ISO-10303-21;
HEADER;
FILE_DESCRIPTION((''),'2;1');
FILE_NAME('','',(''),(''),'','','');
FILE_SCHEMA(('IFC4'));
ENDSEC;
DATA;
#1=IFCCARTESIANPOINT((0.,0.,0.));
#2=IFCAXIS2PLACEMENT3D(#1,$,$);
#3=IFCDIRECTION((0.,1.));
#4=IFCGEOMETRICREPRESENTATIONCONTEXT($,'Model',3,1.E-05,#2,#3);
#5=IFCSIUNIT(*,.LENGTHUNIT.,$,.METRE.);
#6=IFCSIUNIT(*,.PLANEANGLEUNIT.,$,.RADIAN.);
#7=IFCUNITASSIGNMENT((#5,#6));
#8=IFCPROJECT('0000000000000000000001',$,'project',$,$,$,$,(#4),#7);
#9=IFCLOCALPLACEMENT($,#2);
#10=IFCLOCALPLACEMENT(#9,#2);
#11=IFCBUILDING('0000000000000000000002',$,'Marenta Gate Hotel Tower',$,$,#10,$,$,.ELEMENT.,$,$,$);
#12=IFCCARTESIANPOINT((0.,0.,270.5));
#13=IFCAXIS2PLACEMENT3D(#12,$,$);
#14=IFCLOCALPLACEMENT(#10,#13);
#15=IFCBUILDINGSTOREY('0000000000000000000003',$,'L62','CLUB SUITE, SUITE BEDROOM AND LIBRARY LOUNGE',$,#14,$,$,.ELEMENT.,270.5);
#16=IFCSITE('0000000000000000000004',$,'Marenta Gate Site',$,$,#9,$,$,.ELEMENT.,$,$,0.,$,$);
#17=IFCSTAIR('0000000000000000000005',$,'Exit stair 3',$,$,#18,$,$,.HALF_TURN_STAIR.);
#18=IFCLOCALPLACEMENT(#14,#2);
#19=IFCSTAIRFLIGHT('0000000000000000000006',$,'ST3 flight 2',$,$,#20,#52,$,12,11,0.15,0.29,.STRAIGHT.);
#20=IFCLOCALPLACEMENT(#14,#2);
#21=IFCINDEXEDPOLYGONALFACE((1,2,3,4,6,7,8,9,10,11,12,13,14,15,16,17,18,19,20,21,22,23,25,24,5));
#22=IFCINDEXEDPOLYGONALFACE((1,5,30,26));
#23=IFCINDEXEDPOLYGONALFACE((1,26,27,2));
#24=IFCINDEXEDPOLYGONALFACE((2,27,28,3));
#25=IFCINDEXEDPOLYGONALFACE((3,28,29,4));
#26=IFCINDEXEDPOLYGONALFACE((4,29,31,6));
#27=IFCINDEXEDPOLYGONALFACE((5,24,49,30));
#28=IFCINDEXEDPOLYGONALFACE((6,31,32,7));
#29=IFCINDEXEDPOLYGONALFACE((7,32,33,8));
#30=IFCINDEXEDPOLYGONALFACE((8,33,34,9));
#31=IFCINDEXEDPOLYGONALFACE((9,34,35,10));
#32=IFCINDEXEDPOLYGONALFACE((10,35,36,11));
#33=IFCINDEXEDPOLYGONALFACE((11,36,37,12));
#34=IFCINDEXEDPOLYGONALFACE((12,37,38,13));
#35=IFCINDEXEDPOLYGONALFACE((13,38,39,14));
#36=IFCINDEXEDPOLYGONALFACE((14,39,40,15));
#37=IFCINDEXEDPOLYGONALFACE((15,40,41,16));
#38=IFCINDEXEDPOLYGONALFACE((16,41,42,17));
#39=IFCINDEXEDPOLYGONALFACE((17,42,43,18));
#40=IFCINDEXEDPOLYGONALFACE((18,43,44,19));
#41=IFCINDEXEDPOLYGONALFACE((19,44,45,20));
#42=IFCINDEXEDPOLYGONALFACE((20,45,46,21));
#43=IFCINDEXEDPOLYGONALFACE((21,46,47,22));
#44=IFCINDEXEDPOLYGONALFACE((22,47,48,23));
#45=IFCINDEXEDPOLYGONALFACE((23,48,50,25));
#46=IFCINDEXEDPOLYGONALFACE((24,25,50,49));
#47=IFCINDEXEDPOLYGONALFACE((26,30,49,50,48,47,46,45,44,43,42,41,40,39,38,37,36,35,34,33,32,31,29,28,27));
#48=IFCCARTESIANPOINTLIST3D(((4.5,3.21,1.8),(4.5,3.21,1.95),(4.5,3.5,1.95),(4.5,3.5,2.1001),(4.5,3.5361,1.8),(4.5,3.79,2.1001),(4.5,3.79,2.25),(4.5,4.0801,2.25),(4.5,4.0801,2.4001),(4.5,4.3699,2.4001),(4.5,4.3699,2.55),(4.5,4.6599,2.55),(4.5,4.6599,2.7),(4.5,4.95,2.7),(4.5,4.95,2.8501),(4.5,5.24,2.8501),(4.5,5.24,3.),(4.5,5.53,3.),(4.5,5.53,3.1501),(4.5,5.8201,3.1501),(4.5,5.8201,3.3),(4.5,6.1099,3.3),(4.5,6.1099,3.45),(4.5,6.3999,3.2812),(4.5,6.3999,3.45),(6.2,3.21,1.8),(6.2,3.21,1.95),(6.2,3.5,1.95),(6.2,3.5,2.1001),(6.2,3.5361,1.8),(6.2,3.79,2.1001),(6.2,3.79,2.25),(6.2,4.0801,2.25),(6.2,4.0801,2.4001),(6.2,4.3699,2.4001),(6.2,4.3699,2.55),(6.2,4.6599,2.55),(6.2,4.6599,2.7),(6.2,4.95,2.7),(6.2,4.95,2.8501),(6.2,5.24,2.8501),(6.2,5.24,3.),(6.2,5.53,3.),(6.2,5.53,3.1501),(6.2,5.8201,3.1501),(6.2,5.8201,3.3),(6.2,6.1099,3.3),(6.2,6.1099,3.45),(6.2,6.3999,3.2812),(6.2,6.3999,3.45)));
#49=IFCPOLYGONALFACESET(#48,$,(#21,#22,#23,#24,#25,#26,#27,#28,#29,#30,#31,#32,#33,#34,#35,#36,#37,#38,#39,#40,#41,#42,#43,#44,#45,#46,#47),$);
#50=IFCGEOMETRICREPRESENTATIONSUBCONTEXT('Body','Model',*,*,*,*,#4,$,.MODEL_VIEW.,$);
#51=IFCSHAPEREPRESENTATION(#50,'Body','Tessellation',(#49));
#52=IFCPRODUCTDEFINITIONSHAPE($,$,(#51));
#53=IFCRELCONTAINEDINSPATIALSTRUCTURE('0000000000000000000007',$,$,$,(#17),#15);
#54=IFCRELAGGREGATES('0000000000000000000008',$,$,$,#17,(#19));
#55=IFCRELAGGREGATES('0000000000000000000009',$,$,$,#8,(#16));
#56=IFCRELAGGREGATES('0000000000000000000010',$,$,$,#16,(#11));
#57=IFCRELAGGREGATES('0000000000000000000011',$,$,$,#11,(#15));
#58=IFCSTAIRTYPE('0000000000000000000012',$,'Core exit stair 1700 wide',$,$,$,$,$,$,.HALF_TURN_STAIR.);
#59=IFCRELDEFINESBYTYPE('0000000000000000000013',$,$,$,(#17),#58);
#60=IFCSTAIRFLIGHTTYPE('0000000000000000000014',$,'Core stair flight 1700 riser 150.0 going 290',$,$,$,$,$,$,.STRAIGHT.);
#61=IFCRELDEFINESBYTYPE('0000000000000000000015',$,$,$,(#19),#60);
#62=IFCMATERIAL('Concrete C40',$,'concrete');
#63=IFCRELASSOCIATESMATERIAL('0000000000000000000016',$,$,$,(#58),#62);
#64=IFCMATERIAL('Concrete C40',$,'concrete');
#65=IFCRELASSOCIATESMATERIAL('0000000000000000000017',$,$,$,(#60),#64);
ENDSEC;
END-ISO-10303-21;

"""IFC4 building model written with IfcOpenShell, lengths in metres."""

from ifc_helpers import new_model, si_unit, direction, frame, origin, place, context, subcontext, project, spatial, polyline, outline, extrude, material, type_object, element, aggregate, save


model = new_model("IFC4")

# Units and contexts
model_context = context("Model", 3, precision=1e-05, world=origin(), true_north=direction((0.0, 1.0)))
body_context = subcontext(model_context, "Body", "Model", "MODEL_VIEW")
ifc_project = project(units=[si_unit("LENGTHUNIT", "METRE"), si_unit("PLANEANGLEUNIT", "RADIAN")], contexts=[model_context])

# Site, building, storey
site_placement = place(None, origin())
site = spatial("IfcSite", under=ifc_project, at=site_placement, Name="Marenta Gate Site", CompositionType="ELEMENT", RefElevation=0.0)
building_placement = place(site_placement, origin())
building = spatial("IfcBuilding", under=site, at=building_placement, Name="Marenta Gate Hotel Tower", CompositionType="ELEMENT")
storey_placement = place(building_placement, frame((0.0, 0.0, 270.5)))
storey = spatial("IfcBuildingStorey", under=building, at=storey_placement, Name="L62", Description="CLUB SUITE, SUITE BEDROOM AND LIBRARY LOUNGE", CompositionType="ELEMENT", Elevation=270.5)

# Stair
ifc_material_1 = material(Name="Concrete C40", Category="concrete")
stair_type_1 = type_object("IfcStairType", Name="Core exit stair 1700 wide", PredefinedType="HALF_TURN_STAIR", material=ifc_material_1)
stair_1_placement = place(storey_placement, origin())
stair_1 = element("IfcStair", 1, at=stair_1_placement, inside=storey, type_object=stair_type_1, Name="Exit stair 3", PredefinedType="HALF_TURN_STAIR")

# Stair flight
ifc_material_2 = material(Name="Concrete C40", Category="concrete")
stair_flight_type = type_object("IfcStairFlightType", Name="Core stair flight 1700 riser 150.0 going 290", PredefinedType="STRAIGHT", material=ifc_material_2)
stair_flight_1_placement = place(storey_placement, frame((5.3501, 3.21, 1.8), z_axis=(0.0, 0.0, 1.0), x_axis=(0.0, 1.0, 0.0)))
stair_flight_1 = element("IfcStairFlight", 2, at=stair_flight_1_placement, type_object=stair_flight_type, Name="ST3 flight 2", NumberOfRisers=12, NumberOfTreads=11, PredefinedType="STRAIGHT", RiserHeight=0.15, TreadLength=0.29, context=body_context, shape_type="SweptSolid", body=[
    extrude(outline(polyline([(0.0, 0.0), (0.0, 0.1499), (0.29, 0.1499), (0.29, 0.3), (0.5801, 0.3), (0.5801, 0.45), (0.8701, 0.45), (0.8701, 0.6001), (1.1599, 0.6001), (1.1599, 0.75), (1.45, 0.75), (1.45, 0.8999), (1.74, 0.8999), (1.74, 1.05), (2.03, 1.05), (2.03, 1.2), (2.3201, 1.2), (2.3201, 1.3501), (2.6101, 1.3501), (2.6101, 1.5), (2.8999, 1.5), (2.8999, 1.6499), (3.1899, 1.6499), (3.1899, 1.8), (3.1899, 1.4812), (0.3262, 0.0), (0.0, 0.0)])), frame((0.0, 0.8501, 0.0), z_axis=(0.0, -1.0, 0.0), x_axis=(1.0, 0.0, 0.0)), (0.0, 0.0, 1.0), 1.7),
])
aggregate(stair_1, [stair_flight_1])

save(model, "model.ifc")
